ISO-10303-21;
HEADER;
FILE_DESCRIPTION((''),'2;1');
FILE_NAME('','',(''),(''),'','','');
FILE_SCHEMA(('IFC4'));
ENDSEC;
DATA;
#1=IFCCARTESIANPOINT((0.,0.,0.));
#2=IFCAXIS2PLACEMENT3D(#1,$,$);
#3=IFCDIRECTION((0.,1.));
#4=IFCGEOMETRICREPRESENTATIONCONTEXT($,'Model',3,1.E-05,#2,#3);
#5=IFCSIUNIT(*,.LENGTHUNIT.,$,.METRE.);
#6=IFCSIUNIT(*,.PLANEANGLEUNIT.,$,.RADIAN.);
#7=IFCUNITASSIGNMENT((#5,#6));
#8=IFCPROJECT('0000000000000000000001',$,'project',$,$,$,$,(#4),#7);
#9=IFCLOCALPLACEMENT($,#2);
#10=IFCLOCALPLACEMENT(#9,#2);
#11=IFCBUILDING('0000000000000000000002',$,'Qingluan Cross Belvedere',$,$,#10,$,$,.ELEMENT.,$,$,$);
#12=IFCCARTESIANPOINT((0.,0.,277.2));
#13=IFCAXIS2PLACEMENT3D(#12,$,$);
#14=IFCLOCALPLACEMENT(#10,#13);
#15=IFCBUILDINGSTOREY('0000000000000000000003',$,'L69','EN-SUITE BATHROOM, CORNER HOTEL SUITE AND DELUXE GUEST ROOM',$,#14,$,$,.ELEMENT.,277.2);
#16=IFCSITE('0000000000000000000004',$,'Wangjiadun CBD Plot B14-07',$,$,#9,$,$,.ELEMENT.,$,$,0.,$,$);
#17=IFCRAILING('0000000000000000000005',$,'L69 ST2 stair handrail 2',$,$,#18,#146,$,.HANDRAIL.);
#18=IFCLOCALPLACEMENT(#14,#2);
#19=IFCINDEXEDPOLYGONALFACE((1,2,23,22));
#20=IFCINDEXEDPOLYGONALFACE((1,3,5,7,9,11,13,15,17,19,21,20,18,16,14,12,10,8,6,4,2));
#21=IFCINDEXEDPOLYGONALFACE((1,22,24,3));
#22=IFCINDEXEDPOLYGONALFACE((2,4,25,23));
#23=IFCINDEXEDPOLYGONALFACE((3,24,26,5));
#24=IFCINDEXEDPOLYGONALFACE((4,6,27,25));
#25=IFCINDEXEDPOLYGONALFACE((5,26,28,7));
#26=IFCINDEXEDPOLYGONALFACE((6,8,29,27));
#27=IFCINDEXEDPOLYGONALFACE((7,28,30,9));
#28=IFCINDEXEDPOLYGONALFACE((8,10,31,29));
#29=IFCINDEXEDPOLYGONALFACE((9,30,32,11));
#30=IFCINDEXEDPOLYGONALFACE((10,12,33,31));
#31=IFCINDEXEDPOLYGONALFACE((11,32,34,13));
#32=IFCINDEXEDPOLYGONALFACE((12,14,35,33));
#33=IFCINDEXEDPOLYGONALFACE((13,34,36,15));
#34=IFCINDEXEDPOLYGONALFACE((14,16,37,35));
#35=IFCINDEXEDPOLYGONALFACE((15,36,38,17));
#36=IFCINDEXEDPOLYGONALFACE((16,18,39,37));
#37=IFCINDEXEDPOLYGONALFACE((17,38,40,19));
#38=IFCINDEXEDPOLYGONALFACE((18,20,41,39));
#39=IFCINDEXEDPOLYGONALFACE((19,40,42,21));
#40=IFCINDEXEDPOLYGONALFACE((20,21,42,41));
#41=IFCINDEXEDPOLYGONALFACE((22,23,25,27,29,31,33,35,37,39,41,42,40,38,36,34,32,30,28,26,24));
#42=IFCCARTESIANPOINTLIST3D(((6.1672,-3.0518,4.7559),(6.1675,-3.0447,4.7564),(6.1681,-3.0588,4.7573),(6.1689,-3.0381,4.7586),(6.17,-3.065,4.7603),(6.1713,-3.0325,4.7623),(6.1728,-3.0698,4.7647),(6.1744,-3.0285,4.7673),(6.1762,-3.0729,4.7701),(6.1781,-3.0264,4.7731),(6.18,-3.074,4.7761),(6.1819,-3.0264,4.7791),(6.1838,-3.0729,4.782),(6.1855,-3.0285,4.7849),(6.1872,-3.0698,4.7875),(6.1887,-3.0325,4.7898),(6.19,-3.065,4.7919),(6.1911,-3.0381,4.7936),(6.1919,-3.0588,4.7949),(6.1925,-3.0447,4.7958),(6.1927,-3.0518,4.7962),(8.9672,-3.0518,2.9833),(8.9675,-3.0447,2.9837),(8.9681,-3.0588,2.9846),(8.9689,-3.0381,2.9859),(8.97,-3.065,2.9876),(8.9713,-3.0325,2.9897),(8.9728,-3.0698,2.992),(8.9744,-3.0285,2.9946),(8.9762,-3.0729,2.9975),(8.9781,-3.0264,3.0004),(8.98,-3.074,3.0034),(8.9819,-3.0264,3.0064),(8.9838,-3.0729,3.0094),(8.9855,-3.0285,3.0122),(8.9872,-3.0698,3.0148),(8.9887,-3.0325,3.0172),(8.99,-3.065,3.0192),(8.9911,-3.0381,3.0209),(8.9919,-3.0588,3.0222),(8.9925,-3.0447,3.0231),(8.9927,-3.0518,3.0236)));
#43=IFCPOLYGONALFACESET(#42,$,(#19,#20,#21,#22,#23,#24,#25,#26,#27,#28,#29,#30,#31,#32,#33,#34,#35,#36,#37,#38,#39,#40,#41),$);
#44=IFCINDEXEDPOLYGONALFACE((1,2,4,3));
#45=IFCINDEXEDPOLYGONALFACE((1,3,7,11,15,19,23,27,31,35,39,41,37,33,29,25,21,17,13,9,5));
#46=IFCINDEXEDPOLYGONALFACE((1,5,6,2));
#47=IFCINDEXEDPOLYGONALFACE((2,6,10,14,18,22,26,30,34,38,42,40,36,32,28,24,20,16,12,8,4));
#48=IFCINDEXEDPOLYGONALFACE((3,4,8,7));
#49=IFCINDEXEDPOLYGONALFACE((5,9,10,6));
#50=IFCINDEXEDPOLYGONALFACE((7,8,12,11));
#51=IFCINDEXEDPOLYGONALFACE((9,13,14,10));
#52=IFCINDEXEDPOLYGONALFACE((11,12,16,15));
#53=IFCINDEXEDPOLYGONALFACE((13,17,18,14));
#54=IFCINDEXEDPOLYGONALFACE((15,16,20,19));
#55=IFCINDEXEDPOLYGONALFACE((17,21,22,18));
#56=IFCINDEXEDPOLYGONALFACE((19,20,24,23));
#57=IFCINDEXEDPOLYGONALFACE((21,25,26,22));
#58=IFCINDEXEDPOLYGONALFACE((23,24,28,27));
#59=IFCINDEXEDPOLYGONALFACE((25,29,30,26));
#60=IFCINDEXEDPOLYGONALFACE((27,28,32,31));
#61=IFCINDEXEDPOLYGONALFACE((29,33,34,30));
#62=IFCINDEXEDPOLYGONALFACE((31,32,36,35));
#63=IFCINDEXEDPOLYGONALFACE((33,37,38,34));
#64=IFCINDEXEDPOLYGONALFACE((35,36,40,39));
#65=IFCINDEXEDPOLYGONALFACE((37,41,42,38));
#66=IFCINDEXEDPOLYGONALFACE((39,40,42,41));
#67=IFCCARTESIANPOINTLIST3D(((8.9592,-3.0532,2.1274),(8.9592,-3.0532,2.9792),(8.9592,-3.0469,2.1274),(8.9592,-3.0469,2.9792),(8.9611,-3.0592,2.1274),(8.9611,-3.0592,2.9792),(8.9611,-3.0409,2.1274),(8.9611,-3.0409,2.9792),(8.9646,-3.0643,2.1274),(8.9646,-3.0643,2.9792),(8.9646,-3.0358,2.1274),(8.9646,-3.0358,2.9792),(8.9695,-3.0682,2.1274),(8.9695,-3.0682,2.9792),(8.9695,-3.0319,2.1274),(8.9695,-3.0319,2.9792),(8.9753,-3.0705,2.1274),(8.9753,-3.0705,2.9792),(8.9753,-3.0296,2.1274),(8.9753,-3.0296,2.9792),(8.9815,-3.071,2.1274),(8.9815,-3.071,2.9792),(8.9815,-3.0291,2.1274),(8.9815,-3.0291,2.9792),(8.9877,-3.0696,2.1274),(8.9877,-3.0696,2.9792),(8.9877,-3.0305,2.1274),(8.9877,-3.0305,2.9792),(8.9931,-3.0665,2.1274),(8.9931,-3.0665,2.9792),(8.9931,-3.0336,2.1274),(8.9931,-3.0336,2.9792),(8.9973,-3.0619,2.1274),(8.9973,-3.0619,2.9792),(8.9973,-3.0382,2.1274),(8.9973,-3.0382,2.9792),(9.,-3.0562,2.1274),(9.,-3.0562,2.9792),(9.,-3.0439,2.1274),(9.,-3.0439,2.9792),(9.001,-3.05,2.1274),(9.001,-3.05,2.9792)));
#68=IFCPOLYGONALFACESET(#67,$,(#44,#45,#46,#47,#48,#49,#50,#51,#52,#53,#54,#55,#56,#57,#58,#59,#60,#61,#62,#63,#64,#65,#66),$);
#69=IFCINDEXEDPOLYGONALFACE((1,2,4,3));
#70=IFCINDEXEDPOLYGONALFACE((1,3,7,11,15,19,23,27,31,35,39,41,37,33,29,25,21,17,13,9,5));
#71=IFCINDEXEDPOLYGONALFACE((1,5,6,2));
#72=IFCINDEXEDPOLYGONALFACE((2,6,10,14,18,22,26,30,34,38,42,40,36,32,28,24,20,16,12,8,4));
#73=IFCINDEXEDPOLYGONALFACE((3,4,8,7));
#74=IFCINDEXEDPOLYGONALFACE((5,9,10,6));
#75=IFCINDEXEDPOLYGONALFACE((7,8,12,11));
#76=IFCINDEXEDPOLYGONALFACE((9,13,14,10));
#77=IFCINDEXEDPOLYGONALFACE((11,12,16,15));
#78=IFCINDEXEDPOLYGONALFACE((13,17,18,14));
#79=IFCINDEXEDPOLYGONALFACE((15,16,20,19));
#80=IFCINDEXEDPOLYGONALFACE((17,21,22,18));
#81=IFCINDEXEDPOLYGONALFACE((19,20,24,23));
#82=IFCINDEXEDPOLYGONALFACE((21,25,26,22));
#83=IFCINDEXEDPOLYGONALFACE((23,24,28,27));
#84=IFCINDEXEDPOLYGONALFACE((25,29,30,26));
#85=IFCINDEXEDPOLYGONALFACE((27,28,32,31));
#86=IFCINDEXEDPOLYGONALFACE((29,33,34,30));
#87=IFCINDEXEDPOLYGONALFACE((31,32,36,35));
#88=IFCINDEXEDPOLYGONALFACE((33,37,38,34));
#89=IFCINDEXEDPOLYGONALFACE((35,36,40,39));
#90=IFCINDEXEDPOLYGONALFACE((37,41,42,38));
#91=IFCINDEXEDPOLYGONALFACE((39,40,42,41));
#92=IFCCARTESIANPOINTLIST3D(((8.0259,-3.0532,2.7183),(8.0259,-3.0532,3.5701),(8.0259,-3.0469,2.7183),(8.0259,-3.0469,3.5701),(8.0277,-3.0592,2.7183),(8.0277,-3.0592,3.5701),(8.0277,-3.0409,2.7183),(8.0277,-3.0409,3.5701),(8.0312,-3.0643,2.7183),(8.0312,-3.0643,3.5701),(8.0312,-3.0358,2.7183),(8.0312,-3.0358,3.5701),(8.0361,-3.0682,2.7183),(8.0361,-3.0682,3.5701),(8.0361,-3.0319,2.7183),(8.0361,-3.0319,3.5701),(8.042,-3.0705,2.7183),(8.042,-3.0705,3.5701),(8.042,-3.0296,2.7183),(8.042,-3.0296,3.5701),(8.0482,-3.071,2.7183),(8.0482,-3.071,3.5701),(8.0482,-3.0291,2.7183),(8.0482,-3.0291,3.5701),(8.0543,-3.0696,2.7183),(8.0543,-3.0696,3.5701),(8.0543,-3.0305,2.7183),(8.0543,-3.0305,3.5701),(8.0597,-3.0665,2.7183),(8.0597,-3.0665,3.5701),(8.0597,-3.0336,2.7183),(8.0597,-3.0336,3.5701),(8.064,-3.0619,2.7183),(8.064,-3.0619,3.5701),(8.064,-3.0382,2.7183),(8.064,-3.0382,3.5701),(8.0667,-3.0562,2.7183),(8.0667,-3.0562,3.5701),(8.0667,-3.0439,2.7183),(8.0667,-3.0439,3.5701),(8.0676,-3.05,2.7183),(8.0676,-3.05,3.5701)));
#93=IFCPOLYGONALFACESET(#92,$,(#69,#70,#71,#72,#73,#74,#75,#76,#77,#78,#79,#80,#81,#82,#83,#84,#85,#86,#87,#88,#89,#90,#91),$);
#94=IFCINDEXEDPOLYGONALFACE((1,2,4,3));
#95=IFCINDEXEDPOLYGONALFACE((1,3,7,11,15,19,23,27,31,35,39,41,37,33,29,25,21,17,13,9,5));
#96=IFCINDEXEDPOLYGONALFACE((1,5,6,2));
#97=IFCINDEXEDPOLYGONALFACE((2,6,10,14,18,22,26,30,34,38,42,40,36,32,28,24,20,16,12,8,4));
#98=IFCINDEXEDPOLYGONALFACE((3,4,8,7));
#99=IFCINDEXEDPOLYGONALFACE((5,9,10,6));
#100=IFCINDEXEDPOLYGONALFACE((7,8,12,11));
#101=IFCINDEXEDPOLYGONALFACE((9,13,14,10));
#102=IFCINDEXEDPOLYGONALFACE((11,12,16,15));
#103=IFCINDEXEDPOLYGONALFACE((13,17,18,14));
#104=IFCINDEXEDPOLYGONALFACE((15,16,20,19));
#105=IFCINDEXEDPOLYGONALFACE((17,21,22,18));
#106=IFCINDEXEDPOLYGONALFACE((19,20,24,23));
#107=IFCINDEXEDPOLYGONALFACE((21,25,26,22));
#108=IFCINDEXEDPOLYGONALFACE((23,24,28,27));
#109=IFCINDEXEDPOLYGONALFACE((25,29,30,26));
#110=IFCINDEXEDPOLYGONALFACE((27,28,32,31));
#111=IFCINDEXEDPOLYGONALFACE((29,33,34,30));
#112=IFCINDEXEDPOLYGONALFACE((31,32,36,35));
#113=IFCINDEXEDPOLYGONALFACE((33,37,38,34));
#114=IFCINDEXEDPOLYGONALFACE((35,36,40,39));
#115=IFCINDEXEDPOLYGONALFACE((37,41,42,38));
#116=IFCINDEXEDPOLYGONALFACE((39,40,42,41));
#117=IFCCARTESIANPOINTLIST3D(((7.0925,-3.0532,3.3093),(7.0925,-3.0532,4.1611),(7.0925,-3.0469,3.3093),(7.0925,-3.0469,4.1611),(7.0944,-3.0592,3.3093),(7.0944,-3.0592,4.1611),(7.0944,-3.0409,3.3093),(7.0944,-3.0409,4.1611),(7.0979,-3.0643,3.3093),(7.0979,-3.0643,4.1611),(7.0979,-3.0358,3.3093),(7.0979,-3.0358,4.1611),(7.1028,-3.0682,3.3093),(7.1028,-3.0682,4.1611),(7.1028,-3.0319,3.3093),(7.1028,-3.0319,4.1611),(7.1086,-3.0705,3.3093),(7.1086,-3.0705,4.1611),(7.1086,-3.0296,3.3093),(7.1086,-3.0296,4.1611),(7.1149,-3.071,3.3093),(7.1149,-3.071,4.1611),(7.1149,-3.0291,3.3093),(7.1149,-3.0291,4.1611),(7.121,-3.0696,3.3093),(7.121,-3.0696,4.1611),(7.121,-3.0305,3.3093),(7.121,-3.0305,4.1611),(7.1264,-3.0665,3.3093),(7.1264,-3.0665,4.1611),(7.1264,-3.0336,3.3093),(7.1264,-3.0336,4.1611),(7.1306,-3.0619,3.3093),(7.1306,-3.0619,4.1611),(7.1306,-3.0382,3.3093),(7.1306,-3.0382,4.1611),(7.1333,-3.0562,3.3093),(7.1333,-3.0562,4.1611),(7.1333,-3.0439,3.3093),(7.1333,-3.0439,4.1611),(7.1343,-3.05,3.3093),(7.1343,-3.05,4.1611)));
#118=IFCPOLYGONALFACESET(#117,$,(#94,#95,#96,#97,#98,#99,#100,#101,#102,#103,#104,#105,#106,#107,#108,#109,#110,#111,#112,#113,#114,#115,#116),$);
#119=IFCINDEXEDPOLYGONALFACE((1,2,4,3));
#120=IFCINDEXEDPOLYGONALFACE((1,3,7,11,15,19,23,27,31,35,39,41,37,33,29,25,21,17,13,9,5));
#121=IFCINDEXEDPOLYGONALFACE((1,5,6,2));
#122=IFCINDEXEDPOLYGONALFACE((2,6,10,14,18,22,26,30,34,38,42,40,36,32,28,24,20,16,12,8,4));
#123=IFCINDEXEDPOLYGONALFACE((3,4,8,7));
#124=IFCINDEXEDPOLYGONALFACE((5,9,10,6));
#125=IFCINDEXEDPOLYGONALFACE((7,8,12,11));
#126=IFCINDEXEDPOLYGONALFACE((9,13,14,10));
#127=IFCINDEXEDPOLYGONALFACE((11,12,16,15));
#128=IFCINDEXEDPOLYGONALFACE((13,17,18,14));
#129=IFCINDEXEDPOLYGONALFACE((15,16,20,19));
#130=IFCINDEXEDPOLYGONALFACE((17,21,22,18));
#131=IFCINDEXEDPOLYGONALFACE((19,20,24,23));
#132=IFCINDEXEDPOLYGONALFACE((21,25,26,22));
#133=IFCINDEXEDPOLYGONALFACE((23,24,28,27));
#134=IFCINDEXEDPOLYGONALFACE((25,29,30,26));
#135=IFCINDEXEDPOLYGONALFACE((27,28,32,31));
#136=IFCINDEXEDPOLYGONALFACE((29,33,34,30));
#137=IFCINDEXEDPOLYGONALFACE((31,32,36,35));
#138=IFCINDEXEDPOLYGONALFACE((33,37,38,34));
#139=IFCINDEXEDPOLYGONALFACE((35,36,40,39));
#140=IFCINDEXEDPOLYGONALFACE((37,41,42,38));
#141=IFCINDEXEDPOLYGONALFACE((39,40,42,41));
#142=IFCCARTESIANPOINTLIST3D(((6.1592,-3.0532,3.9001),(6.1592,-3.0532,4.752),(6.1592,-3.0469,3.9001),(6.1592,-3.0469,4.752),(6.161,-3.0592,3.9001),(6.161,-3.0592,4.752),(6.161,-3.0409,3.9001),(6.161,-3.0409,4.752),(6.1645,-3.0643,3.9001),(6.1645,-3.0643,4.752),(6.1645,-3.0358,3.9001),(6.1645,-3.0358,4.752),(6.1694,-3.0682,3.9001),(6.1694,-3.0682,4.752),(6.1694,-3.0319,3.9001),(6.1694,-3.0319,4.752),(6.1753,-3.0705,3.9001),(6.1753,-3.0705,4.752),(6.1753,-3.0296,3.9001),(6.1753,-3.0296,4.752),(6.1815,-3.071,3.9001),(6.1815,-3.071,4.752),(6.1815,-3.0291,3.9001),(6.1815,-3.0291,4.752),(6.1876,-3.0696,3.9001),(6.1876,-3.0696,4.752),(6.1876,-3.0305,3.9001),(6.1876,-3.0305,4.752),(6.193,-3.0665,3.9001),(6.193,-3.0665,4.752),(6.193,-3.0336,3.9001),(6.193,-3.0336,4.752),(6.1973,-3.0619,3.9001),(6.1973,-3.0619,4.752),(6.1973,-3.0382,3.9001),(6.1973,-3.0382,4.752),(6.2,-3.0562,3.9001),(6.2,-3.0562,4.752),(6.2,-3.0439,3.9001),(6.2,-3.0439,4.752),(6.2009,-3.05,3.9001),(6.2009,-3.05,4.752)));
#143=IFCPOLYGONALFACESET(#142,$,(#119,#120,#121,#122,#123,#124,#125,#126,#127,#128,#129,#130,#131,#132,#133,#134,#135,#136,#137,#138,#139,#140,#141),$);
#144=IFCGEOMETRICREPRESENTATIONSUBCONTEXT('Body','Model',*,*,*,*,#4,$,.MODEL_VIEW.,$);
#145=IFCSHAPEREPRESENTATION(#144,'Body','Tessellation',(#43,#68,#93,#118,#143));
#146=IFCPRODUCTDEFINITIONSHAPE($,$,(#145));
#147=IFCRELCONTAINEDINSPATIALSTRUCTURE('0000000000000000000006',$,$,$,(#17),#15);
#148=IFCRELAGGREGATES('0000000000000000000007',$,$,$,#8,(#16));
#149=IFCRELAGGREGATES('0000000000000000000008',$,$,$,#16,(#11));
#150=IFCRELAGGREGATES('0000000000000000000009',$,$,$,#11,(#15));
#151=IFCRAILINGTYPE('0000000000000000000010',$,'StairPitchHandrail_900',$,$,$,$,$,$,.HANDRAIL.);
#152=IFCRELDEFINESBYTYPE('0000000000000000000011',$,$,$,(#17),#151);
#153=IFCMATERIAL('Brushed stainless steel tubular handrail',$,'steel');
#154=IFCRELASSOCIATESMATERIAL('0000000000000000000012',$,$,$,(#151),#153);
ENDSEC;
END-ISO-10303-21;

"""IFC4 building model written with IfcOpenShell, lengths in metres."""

from ifc_helpers import new_model, si_unit, direction, frame, origin, origin_2d, place, context, subcontext, project, spatial, circle, extrude, material, type_object, element, save


model = new_model("IFC4")

# Units and contexts
model_context = context("Model", 3, precision=1e-05, world=origin(), true_north=direction((0.0, 1.0)))
body_context = subcontext(model_context, "Body", "Model", "MODEL_VIEW")
ifc_project = project(units=[si_unit("LENGTHUNIT", "METRE"), si_unit("PLANEANGLEUNIT", "RADIAN")], contexts=[model_context])

# Site, building, storey
site_placement = place(None, origin())
site = spatial("IfcSite", under=ifc_project, at=site_placement, Name="Wangjiadun CBD Plot B14-07", CompositionType="ELEMENT", RefElevation=0.0)
building_placement = place(site_placement, origin())
building = spatial("IfcBuilding", under=site, at=building_placement, Name="Qingluan Cross Belvedere", CompositionType="ELEMENT")
storey_placement = place(building_placement, frame((0.0, 0.0, 277.2)))
storey = spatial("IfcBuildingStorey", under=building, at=storey_placement, Name="L69", Description="EN-SUITE BATHROOM, CORNER HOTEL SUITE AND DELUXE GUEST ROOM", CompositionType="ELEMENT", Elevation=277.2)

# Railing
ifc_material_1 = material(Name="Brushed stainless steel tubular handrail", Category="steel")
railing_type_1 = type_object("IfcRailingType", Name="StairPitchHandrail_900", PredefinedType="HANDRAIL", material=ifc_material_1)
railing_1_placement = place(storey_placement, frame((8.98, -3.05, 2.1274)))
element("IfcRailing", 1, at=railing_1_placement, inside=storey, type_object=railing_type_1, Name="L69 ST2 stair handrail 2", PredefinedType="HANDRAIL", context=body_context, shape_type="SweptSolid", body=[
    extrude(circle(Radius=0.0239, at=origin_2d()), frame((0.0, 0.0, 0.876), z_axis=(-0.844909, 0.0, 0.53491), x_axis=(0.0, -1.0, 0.0)), (0.0, 0.0, 1.0), 3.314),
    extrude(circle(Radius=0.021, at=origin_2d()), origin(), (0.0, 0.0, 1.0), 0.8518),
    extrude(circle(Radius=0.021, at=origin_2d()), frame((-0.9333, 0.0, 0.5908)), (0.0, 0.0, 1.0), 0.8518),
    extrude(circle(Radius=0.021, at=origin_2d()), frame((-1.8667, 0.0, 1.1819)), (0.0, 0.0, 1.0), 0.8518),
    extrude(circle(Radius=0.021, at=origin_2d()), frame((-2.8, 0.0, 1.7727)), (0.0, 0.0, 1.0), 0.8518),
])

save(model, "model.ifc")
